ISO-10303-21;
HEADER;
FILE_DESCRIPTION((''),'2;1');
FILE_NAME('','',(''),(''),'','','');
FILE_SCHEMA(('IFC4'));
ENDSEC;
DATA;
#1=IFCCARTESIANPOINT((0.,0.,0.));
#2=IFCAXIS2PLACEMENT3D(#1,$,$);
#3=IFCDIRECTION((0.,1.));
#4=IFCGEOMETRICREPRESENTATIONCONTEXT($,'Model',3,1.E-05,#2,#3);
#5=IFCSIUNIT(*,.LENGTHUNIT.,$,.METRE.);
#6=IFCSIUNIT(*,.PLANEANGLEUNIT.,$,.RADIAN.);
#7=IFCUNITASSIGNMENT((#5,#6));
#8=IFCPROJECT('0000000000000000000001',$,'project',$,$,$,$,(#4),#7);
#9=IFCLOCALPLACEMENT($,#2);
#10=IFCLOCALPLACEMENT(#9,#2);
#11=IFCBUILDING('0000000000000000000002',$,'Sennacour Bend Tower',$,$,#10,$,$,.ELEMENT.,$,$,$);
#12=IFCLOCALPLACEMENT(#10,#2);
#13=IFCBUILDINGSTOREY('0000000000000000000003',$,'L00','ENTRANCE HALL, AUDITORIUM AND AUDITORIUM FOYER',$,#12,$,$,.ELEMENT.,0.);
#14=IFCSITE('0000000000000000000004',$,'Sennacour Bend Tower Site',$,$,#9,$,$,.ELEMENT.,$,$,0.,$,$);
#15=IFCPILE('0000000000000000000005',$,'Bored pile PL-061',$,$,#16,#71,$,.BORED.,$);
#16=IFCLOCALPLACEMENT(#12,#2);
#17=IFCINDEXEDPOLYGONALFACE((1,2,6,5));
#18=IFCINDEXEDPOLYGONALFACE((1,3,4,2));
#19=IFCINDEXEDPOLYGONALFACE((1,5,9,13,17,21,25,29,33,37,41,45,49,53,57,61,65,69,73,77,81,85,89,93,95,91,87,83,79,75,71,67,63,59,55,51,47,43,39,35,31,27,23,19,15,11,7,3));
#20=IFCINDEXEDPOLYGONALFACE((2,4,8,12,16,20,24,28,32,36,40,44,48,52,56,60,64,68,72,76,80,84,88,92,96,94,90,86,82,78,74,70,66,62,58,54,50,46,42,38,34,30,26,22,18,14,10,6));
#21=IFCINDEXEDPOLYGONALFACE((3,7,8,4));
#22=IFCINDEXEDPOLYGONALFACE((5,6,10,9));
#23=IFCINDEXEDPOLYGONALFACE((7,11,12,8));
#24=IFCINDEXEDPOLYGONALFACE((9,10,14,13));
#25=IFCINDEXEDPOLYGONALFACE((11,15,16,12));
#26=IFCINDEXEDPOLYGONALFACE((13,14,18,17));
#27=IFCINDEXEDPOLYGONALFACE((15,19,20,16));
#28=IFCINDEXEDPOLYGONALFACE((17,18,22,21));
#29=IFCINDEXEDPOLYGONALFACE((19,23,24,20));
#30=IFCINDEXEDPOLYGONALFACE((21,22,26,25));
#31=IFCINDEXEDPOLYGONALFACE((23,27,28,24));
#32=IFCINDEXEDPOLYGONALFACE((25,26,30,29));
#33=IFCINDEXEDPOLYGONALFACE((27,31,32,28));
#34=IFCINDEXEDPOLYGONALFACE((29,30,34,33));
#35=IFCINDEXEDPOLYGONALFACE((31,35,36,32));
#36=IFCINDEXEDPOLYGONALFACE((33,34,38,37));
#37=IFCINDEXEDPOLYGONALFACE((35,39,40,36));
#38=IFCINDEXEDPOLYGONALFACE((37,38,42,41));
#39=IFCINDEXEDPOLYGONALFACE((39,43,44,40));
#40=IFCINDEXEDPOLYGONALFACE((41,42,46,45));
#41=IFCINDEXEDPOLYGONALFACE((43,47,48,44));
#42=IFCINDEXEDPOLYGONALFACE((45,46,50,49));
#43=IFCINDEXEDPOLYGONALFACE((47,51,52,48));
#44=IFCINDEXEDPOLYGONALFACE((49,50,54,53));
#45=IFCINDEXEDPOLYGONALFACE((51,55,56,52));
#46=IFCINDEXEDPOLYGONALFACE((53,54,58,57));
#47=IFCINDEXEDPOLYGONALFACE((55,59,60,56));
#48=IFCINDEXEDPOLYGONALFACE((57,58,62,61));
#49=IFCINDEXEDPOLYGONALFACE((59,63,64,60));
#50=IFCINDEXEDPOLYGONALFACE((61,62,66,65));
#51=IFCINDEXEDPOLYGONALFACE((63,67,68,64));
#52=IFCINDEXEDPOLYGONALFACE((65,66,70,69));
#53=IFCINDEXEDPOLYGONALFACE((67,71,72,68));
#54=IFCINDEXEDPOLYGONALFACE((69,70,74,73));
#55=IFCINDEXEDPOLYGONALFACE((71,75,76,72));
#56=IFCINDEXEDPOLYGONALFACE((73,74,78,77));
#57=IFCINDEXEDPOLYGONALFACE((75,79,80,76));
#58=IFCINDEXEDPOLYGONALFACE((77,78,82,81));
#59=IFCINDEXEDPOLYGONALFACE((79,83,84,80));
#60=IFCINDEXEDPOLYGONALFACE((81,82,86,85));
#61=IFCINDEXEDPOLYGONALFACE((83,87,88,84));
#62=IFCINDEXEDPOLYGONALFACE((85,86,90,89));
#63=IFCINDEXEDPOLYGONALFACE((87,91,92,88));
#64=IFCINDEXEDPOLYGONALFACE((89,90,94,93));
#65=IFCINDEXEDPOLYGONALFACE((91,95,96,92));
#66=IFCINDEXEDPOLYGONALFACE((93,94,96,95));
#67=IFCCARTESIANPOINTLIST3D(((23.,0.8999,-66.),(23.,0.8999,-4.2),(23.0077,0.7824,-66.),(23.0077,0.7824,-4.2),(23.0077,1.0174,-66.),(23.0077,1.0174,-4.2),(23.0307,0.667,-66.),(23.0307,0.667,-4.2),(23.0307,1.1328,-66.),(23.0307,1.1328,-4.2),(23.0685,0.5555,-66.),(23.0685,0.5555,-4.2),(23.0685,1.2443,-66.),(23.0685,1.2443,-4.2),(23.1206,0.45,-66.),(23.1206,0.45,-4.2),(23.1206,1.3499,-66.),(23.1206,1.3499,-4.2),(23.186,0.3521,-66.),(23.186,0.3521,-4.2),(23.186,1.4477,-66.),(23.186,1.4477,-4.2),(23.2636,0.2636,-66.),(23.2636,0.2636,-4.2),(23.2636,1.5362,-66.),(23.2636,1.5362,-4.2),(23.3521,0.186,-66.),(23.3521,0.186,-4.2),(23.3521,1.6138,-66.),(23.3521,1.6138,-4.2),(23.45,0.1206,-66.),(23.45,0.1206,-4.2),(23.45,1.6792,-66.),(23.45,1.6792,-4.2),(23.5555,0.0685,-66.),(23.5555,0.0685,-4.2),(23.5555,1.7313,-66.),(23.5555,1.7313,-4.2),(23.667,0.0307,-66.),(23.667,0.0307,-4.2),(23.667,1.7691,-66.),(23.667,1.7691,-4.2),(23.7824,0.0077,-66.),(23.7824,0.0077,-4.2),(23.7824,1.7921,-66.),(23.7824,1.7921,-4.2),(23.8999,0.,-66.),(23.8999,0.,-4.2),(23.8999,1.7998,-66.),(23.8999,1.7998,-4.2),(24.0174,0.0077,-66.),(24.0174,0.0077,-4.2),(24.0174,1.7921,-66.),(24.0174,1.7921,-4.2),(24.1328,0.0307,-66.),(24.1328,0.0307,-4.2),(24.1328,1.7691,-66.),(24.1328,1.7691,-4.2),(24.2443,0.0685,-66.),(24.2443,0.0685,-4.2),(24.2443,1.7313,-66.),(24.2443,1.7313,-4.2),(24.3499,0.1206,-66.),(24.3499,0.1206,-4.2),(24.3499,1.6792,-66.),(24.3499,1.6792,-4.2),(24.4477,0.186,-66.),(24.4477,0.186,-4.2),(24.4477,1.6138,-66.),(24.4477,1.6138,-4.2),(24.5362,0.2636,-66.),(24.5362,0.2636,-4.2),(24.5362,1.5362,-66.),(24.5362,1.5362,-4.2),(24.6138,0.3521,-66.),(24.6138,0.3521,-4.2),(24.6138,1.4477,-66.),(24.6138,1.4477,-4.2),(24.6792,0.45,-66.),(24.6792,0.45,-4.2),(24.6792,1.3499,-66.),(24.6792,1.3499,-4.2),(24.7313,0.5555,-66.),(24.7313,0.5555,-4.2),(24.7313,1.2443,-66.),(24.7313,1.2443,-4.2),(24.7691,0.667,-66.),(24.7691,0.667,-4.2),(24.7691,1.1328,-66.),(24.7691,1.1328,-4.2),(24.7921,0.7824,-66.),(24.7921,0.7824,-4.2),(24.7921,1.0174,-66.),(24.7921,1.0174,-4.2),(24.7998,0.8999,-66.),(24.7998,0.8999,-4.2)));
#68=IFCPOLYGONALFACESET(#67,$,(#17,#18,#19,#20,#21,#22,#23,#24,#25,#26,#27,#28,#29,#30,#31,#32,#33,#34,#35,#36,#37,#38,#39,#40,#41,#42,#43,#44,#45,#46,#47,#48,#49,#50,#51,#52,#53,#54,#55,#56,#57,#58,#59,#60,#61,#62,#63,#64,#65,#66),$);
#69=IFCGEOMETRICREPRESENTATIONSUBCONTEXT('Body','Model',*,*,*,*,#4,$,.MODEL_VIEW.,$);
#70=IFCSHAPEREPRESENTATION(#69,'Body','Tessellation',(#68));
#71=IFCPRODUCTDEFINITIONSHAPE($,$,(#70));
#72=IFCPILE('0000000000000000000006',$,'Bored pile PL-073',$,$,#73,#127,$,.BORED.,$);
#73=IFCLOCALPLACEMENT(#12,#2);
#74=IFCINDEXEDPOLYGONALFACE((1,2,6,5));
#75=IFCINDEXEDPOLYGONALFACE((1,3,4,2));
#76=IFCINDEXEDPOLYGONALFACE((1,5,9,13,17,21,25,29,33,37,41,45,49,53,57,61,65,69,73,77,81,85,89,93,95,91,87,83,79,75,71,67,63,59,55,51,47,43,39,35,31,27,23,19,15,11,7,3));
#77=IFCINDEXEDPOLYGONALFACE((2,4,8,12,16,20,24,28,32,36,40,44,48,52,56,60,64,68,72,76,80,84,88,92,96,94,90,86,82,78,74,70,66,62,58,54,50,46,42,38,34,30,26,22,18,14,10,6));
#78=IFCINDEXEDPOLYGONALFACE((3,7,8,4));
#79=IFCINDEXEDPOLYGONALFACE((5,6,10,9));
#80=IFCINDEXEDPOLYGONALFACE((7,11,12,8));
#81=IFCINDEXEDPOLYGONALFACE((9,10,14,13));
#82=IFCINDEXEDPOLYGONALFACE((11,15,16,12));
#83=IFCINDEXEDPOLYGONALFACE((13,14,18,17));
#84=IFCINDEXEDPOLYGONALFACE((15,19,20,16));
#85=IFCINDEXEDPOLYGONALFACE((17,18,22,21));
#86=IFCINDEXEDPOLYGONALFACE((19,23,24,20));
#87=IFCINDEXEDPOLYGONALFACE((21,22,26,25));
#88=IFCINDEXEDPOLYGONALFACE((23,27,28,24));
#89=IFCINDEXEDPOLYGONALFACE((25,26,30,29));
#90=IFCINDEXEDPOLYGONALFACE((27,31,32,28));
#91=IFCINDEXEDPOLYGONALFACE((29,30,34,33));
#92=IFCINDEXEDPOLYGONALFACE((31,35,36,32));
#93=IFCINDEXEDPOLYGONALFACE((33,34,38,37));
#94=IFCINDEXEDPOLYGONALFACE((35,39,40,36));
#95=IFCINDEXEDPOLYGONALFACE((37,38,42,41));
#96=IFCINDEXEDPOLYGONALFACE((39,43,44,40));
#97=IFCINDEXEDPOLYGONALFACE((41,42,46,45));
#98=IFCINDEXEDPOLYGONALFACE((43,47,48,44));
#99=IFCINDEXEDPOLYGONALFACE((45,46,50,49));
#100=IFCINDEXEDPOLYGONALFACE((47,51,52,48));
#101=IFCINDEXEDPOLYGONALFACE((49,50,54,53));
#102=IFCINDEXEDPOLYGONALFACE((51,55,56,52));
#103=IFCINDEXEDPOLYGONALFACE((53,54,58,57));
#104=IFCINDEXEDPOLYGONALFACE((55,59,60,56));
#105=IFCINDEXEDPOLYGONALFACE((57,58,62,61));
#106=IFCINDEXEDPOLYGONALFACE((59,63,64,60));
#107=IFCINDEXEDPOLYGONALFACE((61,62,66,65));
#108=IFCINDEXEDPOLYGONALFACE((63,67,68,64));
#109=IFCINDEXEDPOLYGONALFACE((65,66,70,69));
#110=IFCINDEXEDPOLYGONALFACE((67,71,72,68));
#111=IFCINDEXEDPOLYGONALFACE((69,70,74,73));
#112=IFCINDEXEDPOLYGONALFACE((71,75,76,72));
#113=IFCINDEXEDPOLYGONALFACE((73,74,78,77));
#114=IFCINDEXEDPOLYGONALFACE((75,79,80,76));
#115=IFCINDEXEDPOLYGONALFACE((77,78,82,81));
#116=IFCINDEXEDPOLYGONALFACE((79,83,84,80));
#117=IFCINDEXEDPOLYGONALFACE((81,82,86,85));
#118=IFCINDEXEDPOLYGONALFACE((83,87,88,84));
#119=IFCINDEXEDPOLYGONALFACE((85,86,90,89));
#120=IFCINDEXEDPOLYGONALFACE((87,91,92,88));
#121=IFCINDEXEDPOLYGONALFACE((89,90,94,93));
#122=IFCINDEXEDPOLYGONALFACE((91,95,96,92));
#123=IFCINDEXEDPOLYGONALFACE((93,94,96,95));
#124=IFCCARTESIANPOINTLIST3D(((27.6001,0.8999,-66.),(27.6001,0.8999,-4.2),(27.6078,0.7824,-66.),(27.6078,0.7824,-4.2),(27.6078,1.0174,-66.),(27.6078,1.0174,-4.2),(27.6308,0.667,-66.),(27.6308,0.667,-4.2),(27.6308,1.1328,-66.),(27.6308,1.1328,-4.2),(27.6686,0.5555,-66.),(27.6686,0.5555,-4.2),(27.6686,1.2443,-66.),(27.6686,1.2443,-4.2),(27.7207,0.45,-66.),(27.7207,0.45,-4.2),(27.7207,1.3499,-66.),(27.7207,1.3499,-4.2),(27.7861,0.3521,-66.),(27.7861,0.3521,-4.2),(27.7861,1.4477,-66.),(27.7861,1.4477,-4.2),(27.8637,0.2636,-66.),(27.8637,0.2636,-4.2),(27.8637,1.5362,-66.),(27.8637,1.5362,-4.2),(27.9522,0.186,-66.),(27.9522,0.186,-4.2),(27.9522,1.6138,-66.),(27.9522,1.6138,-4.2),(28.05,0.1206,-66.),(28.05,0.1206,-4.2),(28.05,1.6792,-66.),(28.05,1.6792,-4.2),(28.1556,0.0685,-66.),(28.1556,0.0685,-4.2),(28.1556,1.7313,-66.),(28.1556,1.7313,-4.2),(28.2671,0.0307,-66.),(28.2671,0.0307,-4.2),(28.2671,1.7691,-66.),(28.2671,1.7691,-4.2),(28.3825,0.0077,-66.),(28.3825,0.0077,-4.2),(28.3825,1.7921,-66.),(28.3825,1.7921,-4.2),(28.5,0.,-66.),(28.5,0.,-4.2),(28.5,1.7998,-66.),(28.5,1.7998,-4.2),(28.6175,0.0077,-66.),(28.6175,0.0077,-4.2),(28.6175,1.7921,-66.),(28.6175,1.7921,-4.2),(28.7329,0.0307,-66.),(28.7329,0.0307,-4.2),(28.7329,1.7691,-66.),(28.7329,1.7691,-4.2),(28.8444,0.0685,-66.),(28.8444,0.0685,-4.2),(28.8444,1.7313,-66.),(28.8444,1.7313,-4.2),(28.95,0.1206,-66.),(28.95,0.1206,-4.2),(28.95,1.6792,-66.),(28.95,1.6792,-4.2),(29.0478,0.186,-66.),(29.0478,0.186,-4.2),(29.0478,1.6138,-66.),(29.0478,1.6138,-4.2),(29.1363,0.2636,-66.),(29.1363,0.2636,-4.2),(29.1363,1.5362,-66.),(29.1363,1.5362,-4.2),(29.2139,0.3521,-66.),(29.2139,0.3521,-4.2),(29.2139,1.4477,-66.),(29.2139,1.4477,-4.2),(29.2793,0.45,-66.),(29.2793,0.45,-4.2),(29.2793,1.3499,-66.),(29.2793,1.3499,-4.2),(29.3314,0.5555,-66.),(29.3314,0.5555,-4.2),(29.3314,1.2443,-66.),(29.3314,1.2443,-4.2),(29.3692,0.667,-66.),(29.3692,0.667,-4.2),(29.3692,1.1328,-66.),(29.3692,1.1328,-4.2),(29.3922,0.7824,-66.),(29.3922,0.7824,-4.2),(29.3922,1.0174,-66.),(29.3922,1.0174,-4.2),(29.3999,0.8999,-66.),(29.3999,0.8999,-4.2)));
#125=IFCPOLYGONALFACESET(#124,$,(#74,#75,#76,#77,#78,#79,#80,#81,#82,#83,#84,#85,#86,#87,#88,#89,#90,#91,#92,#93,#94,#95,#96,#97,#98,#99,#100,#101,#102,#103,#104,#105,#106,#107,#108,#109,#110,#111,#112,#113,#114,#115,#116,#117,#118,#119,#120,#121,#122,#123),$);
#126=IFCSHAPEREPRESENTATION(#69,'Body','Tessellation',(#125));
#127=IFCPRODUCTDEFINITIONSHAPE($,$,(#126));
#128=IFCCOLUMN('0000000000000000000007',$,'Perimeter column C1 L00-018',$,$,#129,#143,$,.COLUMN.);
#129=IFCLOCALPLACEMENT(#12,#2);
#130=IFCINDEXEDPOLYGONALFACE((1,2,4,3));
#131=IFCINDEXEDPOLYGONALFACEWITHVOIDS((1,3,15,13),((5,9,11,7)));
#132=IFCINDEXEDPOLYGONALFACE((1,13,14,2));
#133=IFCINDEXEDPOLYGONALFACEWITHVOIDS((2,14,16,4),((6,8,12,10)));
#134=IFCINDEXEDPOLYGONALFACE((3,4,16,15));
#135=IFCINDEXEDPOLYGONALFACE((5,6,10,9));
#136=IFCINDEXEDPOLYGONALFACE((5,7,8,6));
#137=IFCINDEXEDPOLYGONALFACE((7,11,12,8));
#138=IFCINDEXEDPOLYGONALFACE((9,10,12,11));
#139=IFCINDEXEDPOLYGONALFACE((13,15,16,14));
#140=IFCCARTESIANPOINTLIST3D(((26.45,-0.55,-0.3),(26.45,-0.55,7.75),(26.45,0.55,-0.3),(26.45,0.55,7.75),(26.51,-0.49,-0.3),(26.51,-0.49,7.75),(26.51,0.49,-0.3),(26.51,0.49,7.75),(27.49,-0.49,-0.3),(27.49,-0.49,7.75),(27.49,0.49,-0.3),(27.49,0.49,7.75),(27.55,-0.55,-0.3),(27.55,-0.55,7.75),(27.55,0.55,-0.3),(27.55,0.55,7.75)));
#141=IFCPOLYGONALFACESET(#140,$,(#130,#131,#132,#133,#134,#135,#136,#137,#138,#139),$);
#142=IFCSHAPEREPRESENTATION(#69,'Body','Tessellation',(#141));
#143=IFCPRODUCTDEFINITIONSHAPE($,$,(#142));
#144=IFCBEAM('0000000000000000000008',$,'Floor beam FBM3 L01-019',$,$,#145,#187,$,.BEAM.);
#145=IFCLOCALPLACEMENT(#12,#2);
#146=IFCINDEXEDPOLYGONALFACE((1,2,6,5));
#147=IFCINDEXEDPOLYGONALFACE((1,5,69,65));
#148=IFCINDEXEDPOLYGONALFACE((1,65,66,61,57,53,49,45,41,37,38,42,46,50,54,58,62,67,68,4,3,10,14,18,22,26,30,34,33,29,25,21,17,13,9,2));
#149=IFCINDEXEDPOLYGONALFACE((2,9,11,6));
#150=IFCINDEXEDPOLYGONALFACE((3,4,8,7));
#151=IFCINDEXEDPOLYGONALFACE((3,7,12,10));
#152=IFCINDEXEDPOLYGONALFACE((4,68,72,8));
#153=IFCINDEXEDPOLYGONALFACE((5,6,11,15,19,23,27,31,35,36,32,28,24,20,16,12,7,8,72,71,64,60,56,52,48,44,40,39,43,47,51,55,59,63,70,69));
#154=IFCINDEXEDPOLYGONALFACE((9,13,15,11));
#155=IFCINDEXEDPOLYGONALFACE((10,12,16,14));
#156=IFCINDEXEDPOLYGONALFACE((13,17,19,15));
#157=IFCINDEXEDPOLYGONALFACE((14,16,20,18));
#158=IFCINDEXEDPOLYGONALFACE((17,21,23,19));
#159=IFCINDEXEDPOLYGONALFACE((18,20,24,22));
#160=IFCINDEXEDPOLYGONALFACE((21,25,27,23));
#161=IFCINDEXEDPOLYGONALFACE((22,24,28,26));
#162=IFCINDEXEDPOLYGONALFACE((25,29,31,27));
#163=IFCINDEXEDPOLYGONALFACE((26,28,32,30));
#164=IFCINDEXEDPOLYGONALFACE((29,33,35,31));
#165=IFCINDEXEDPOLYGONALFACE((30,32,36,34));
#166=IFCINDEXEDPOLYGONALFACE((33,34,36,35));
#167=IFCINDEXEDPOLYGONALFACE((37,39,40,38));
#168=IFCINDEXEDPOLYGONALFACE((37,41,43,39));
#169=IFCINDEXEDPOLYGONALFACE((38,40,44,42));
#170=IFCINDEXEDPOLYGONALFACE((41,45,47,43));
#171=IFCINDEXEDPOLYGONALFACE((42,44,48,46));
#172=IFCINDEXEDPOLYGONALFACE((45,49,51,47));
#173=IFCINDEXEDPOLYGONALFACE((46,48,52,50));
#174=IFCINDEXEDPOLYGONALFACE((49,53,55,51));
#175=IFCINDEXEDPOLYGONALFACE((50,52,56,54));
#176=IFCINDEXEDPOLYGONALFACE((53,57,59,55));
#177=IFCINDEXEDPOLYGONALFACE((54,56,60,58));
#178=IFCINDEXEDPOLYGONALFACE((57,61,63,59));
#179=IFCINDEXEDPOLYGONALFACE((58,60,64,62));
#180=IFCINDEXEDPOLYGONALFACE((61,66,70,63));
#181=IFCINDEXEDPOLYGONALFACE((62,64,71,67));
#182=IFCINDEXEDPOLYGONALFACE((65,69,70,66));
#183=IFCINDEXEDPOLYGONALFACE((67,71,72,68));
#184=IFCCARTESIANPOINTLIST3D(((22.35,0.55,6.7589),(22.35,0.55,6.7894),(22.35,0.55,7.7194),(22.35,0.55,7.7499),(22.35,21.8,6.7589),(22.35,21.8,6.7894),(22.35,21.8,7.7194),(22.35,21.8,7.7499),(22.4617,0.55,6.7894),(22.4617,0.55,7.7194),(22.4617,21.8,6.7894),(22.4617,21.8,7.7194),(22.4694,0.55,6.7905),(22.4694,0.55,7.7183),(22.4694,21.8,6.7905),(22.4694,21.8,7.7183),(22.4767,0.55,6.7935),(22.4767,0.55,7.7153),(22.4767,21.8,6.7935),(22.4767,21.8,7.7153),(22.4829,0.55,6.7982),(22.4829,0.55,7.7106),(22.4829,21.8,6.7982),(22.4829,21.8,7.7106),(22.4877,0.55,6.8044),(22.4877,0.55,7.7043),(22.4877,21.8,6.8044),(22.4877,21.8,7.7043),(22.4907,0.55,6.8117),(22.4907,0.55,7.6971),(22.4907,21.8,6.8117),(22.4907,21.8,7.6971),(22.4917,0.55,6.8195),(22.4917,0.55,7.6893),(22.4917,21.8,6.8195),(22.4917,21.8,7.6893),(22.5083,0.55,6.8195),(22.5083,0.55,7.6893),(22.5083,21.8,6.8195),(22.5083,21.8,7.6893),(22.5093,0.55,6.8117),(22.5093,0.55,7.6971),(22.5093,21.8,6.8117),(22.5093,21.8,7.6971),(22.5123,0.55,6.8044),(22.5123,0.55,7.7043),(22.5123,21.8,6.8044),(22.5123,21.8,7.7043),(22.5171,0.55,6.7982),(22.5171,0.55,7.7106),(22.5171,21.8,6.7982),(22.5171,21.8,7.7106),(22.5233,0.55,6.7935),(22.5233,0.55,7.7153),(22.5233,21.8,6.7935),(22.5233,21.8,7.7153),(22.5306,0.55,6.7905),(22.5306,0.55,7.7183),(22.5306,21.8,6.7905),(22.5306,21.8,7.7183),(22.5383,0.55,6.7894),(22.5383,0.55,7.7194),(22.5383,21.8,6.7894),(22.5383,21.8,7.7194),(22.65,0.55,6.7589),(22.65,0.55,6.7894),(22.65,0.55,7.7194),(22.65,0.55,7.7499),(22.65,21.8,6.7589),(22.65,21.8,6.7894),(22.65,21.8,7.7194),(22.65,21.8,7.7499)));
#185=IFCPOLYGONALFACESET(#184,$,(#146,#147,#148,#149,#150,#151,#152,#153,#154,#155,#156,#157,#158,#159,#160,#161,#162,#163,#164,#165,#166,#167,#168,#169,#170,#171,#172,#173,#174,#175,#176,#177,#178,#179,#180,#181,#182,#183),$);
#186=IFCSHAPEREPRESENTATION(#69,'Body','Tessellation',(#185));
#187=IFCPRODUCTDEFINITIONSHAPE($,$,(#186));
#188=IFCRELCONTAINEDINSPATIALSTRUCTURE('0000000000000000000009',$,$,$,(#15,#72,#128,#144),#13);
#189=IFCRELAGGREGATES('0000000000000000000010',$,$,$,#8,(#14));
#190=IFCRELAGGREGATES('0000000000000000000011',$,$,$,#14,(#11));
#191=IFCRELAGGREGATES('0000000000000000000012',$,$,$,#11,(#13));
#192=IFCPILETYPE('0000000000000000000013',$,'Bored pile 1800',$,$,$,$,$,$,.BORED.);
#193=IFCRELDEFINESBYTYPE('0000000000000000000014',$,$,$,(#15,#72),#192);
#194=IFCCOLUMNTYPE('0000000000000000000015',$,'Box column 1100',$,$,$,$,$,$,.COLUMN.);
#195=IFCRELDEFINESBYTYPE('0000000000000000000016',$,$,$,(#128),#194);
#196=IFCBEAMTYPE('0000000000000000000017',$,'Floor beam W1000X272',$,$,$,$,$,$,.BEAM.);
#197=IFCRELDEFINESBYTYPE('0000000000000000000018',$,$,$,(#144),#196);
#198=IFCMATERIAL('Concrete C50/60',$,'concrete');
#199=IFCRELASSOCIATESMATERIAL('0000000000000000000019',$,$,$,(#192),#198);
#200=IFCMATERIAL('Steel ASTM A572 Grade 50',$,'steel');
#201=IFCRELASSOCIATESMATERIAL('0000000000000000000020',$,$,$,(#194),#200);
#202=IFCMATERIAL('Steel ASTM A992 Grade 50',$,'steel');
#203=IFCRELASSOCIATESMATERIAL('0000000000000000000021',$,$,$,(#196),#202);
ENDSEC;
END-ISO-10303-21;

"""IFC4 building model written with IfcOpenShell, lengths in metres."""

from ifc_helpers import new_model, si_unit, direction, frame, origin, origin_2d, place, context, subcontext, project, spatial, hollow_rectangle, circle, i_section, extrude, material, material_profile, profile_set, type_object, element, save


model = new_model("IFC4")

# Units and contexts
model_context = context("Model", 3, precision=1e-05, world=origin(), true_north=direction((0.0, 1.0)))
body_context = subcontext(model_context, "Body", "Model", "MODEL_VIEW")
ifc_project = project(units=[si_unit("LENGTHUNIT", "METRE"), si_unit("PLANEANGLEUNIT", "RADIAN")], contexts=[model_context])

# Site, building, storey
site_placement = place(None, origin())
site = spatial("IfcSite", under=ifc_project, at=site_placement, Name="Sennacour Bend Tower Site", CompositionType="ELEMENT", RefElevation=0.0)
building_placement = place(site_placement, origin())
building = spatial("IfcBuilding", under=site, at=building_placement, Name="Sennacour Bend Tower", CompositionType="ELEMENT")
storey_placement = place(building_placement, origin())
storey = spatial("IfcBuildingStorey", under=building, at=storey_placement, Name="L00", Description="ENTRANCE HALL, AUDITORIUM AND AUDITORIUM FOYER", CompositionType="ELEMENT", Elevation=0.0)

# Piles
ifc_material_1 = material(Name="Concrete C50/60", Category="concrete")
ifc_material_profile_1 = material_profile(ifc_material_1, circle(Radius=0.8999, at=origin_2d()), Name="Concrete C50/60", Category="concrete")
ifc_profile_set_1 = profile_set([ifc_material_profile_1], Name="Concrete C50/60")
pile_type = type_object("IfcPileType", Name="Bored pile 1800", PredefinedType="BORED", material=ifc_profile_set_1)
for number, where, z_axis, x_axis, name in (
    (1, (23.8999, 0.8999, -4.2), (0.0, 0.0, -1.0), (1.0, 0.0, 0.0), "Bored pile PL-061"),
    (2, (28.5, 0.8999, -4.2), (0.0, 0.0, -1.0), (1.0, 0.0, 0.0), "Bored pile PL-073"),
):
    element("IfcPile", number, at=place(storey_placement, frame(where, z_axis=z_axis, x_axis=x_axis)), inside=storey, type_object=pile_type, Name=name, PredefinedType="BORED", context=body_context, shape_type="SweptSolid", body=[
        extrude(circle(Radius=0.8999, at=origin_2d()), origin(), (0.0, 0.0, 1.0), 61.8),
    ])

# Column
ifc_material_2 = material(Name="Steel ASTM A572 Grade 50", Category="steel")
ifc_material_profile_2 = material_profile(ifc_material_2, hollow_rectangle(XDim=1.1001, YDim=1.1001, WallThickness=0.0601, at=origin_2d()), Name="Steel ASTM A572 Grade 50", Category="steel")
ifc_profile_set_2 = profile_set([ifc_material_profile_2], Name="Steel ASTM A572 Grade 50")
column_type = type_object("IfcColumnType", Name="Box column 1100", PredefinedType="COLUMN", material=ifc_profile_set_2)
column_placement = place(storey_placement, frame((27.0, 0.0, -0.3), z_axis=(0.0, 0.0, 1.0), x_axis=(1.0, 0.0, 0.0)))
element("IfcColumn", 3, at=column_placement, inside=storey, type_object=column_type, Name="Perimeter column C1 L00-018", PredefinedType="COLUMN", context=body_context, shape_type="SweptSolid", body=[
    extrude(hollow_rectangle(XDim=1.1001, YDim=1.1001, WallThickness=0.0601, at=origin_2d()), origin(), (0.0, 0.0, 1.0), 8.05),
])

# Beam
ifc_material_3 = material(Name="Steel ASTM A992 Grade 50", Category="steel")
ifc_material_profile_3 = material_profile(ifc_material_3, i_section(OverallWidth=0.3, OverallDepth=0.991, WebThickness=0.0166, FlangeThickness=0.0305, FilletRadius=0.03, at=origin_2d()), Name="Steel ASTM A992 Grade 50", Category="steel")
ifc_profile_set_3 = profile_set([ifc_material_profile_3], Name="Steel ASTM A992 Grade 50")
beam_type_1 = type_object("IfcBeamType", Name="Floor beam W1000X272", PredefinedType="BEAM", material=ifc_profile_set_3)
beam_1_placement = place(storey_placement, frame((22.5, 0.55, 7.2544), z_axis=(0.0, 1.0, 0.0), x_axis=(-1.0, 0.0, 0.0)))
element("IfcBeam", 4, at=beam_1_placement, inside=storey, type_object=beam_type_1, Name="Floor beam FBM3 L01-019", PredefinedType="BEAM", context=body_context, shape_type="SweptSolid", body=[
    extrude(i_section(OverallWidth=0.3, OverallDepth=0.991, WebThickness=0.0166, FlangeThickness=0.0305, FilletRadius=0.03, at=origin_2d()), origin(), (0.0, 0.0, 1.0), 21.25),
])

save(model, "model.ifc")
